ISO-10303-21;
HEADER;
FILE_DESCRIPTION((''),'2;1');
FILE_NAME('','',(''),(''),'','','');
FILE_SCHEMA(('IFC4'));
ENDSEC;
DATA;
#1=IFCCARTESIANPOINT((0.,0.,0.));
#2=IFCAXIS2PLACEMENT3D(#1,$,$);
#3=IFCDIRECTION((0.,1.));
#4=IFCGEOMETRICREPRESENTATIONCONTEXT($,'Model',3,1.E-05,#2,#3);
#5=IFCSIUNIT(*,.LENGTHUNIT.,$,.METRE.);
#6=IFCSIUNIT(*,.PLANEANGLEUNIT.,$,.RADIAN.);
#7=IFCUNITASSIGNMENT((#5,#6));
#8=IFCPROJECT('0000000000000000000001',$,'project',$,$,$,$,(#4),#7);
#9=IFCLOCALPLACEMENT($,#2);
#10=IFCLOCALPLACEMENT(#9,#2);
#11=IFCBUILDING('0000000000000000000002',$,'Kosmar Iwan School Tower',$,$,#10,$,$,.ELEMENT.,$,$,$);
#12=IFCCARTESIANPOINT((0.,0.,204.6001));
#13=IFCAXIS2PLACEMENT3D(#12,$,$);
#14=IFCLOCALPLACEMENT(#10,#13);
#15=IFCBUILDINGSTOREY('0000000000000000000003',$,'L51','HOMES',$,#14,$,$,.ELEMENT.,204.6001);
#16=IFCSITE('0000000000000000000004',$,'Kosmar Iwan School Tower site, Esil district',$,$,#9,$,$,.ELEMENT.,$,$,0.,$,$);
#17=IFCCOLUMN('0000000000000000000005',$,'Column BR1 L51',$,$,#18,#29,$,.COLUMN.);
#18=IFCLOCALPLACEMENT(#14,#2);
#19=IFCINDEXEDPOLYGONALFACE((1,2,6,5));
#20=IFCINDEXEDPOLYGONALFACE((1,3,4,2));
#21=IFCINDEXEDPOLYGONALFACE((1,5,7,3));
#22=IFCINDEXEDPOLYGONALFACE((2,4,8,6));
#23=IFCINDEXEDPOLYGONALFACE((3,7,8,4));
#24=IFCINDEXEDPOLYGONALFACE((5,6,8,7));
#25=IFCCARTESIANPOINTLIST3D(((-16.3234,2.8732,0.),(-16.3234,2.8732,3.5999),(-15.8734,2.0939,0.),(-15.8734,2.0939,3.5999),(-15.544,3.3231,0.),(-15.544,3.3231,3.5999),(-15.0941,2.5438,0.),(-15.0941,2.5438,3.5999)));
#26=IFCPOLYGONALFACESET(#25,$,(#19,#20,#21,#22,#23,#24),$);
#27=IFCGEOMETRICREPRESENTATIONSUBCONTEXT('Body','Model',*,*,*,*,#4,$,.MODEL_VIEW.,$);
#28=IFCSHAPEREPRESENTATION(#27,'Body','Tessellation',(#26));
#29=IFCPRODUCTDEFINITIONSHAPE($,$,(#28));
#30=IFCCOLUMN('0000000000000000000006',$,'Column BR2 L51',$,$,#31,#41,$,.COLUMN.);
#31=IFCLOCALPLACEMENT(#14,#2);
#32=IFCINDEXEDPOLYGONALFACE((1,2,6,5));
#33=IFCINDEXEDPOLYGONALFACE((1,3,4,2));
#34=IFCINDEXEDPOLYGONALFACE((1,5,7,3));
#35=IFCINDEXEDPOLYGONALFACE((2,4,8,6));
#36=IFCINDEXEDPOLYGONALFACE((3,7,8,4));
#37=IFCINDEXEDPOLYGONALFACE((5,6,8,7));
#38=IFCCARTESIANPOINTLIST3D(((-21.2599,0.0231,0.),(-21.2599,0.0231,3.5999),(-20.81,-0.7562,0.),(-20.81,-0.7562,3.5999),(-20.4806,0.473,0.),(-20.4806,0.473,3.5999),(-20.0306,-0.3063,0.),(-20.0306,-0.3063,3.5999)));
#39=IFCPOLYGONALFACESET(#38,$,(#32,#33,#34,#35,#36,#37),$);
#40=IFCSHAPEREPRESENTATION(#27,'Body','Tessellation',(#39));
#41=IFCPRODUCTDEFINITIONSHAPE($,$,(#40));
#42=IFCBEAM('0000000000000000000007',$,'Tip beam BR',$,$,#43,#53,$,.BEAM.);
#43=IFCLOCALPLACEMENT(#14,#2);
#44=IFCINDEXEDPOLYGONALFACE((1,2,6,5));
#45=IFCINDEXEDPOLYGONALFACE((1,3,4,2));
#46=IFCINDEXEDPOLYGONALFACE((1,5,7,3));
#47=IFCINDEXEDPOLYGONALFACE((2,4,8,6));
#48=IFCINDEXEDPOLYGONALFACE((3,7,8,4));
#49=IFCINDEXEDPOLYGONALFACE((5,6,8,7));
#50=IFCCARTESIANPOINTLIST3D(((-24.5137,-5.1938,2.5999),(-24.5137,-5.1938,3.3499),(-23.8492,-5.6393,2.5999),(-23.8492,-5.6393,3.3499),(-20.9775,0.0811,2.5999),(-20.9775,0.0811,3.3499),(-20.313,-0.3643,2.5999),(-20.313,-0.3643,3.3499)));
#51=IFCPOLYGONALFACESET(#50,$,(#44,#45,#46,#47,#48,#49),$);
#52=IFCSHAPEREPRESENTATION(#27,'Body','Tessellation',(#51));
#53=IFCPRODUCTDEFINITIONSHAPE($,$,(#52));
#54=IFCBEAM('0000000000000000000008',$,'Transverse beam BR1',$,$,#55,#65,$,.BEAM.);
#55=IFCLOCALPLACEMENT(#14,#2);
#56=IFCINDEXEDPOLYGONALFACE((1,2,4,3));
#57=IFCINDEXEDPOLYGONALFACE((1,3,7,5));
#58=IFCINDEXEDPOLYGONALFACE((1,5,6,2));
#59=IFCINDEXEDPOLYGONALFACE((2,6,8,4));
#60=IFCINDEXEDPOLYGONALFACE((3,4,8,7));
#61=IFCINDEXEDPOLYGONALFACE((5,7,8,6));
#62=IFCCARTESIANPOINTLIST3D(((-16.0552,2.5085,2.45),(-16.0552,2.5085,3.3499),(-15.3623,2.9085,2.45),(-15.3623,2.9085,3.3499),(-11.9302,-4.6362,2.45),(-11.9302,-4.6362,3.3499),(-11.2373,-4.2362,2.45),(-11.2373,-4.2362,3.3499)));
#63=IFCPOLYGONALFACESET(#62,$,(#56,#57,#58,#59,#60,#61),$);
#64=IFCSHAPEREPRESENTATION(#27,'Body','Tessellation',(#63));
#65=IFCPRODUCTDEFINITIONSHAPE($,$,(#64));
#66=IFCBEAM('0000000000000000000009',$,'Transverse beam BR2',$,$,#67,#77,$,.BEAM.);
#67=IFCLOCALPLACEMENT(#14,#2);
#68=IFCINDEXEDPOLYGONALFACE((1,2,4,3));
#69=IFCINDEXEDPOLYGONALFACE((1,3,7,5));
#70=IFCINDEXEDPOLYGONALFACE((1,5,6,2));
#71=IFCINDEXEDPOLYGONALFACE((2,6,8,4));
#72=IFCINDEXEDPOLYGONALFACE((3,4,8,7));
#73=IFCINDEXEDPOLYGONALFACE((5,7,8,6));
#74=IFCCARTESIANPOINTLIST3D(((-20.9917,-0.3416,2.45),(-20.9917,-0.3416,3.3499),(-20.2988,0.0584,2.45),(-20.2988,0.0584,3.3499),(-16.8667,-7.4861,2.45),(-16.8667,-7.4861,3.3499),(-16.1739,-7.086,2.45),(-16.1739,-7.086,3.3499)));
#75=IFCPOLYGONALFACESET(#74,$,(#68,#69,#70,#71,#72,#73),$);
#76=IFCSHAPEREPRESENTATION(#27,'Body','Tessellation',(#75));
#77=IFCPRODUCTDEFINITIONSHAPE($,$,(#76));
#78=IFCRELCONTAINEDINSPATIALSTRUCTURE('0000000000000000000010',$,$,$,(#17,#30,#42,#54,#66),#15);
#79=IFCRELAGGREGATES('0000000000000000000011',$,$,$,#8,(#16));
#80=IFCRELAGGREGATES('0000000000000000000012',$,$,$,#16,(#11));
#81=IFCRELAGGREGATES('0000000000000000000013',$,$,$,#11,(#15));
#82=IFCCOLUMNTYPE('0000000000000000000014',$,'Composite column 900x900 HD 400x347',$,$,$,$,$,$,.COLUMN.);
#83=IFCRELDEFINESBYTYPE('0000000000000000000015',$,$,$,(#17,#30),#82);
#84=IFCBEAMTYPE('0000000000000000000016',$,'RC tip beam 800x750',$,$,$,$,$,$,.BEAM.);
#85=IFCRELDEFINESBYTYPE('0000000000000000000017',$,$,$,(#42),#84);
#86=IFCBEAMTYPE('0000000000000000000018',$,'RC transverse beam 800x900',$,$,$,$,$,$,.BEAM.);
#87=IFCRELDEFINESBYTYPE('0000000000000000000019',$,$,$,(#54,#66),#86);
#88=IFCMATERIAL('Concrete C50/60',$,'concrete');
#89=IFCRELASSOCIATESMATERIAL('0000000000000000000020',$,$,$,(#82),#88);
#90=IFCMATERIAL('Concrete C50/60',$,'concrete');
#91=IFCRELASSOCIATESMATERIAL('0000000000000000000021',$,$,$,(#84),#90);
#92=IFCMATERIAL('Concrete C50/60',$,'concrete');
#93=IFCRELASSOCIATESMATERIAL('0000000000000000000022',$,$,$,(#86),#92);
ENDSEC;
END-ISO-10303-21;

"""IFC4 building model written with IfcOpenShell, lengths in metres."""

from ifc_helpers import new_model, si_unit, direction, frame, origin, origin_2d, place, context, subcontext, project, spatial, rectangle, extrude, material, material_profile, profile_set, type_object, element, save


model = new_model("IFC4")

# Units and contexts
model_context = context("Model", 3, precision=1e-05, world=origin(), true_north=direction((0.0, 1.0)))
body_context = subcontext(model_context, "Body", "Model", "MODEL_VIEW")
ifc_project = project(units=[si_unit("LENGTHUNIT", "METRE"), si_unit("PLANEANGLEUNIT", "RADIAN")], contexts=[model_context])

# Site, building, storey
site_placement = place(None, origin())
site = spatial("IfcSite", under=ifc_project, at=site_placement, Name="Kosmar Iwan School Tower site, Esil district", CompositionType="ELEMENT", RefElevation=0.0)
building_placement = place(site_placement, origin())
building = spatial("IfcBuilding", under=site, at=building_placement, Name="Kosmar Iwan School Tower", CompositionType="ELEMENT")
storey_placement = place(building_placement, frame((0.0, 0.0, 204.6001)))
storey = spatial("IfcBuildingStorey", under=building, at=storey_placement, Name="L51", Description="HOMES", CompositionType="ELEMENT", Elevation=204.6001)

# Columns
ifc_material_1 = material(Name="Concrete C50/60", Category="concrete")
ifc_material_profile_1 = material_profile(ifc_material_1, rectangle(XDim=0.8999, YDim=0.8999, at=origin_2d()), Name="RC 900x900 + HD 400x347")
ifc_profile_set_1 = profile_set([ifc_material_profile_1], Name="Concrete C50/60")
column_type = type_object("IfcColumnType", Name="Composite column 900x900 HD 400x347", PredefinedType="COLUMN", material=ifc_profile_set_1)
for number, where, z_axis, x_axis, name in (
    (1, (-15.7087, 2.7085, 0.0), (0.0, 0.0, 1.0), (-0.866025, -0.5, 0.0), "Column BR1 L51"),
    (2, (-20.6453, -0.1416, 0.0), (0.0, 0.0, 1.0), (-0.866025, -0.5, 0.0), "Column BR2 L51"),
):
    element("IfcColumn", number, at=place(storey_placement, frame(where, z_axis=z_axis, x_axis=x_axis)), inside=storey, type_object=column_type, Name=name, PredefinedType="COLUMN", context=body_context, shape_type="SweptSolid", body=[
        extrude(rectangle(XDim=0.8999, YDim=0.8999, at=origin_2d()), origin(), (0.0, 0.0, 1.0), 3.5999),
    ])

# Beams
ifc_material_2 = material(Name="Concrete C50/60", Category="concrete")
ifc_material_profile_2 = material_profile(ifc_material_2, rectangle(XDim=0.8, YDim=0.75, at=origin_2d()), Name="RC 800x750")
ifc_profile_set_2 = profile_set([ifc_material_profile_2], Name="Concrete C50/60")
beam_type_1 = type_object("IfcBeamType", Name="RC tip beam 800x750", PredefinedType="BEAM", material=ifc_profile_set_2)
beam_1_placement = place(storey_placement, frame((-20.6453, -0.1416, 2.9749), z_axis=(-0.556828, -0.830628, 0.0), x_axis=(0.830628, -0.556828, 0.0)))
element("IfcBeam", 3, at=beam_1_placement, inside=storey, type_object=beam_type_1, Name="Tip beam BR", PredefinedType="BEAM", context=body_context, shape_type="SweptSolid", body=[
    extrude(rectangle(XDim=0.8, YDim=0.75, at=origin_2d()), origin(), (0.0, 0.0, 1.0), 6.3506),
])
ifc_material_3 = material(Name="Concrete C50/60", Category="concrete")
ifc_material_profile_3 = material_profile(ifc_material_3, rectangle(XDim=0.8, YDim=0.8999, at=origin_2d()), Name="RC 800x900")
ifc_profile_set_3 = profile_set([ifc_material_profile_3], Name="Concrete C50/60")
beam_type_2 = type_object("IfcBeamType", Name="RC transverse beam 800x900", PredefinedType="BEAM", material=ifc_profile_set_3)
beam_2_placement = place(storey_placement, frame((-15.7087, 2.7085, 2.8999), z_axis=(0.499997, -0.866027, 0.0), x_axis=(0.866027, 0.499997, 0.0)))
element("IfcBeam", 4, at=beam_2_placement, inside=storey, type_object=beam_type_2, Name="Transverse beam BR1", PredefinedType="BEAM", context=body_context, shape_type="SweptSolid", body=[
    extrude(rectangle(XDim=0.8, YDim=0.8999, at=origin_2d()), origin(), (0.0, 0.0, 1.0), 8.25),
])
beam_3_placement = place(storey_placement, frame((-20.6453, -0.1416, 2.8999), z_axis=(0.500009, -0.86602, 0.0), x_axis=(0.86602, 0.500009, 0.0)))
element("IfcBeam", 5, at=beam_3_placement, inside=storey, type_object=beam_type_2, Name="Transverse beam BR2", PredefinedType="BEAM", context=body_context, shape_type="SweptSolid", body=[
    extrude(rectangle(XDim=0.8, YDim=0.8999, at=origin_2d()), origin(), (0.0, 0.0, 1.0), 8.2498),
])

save(model, "model.ifc")
